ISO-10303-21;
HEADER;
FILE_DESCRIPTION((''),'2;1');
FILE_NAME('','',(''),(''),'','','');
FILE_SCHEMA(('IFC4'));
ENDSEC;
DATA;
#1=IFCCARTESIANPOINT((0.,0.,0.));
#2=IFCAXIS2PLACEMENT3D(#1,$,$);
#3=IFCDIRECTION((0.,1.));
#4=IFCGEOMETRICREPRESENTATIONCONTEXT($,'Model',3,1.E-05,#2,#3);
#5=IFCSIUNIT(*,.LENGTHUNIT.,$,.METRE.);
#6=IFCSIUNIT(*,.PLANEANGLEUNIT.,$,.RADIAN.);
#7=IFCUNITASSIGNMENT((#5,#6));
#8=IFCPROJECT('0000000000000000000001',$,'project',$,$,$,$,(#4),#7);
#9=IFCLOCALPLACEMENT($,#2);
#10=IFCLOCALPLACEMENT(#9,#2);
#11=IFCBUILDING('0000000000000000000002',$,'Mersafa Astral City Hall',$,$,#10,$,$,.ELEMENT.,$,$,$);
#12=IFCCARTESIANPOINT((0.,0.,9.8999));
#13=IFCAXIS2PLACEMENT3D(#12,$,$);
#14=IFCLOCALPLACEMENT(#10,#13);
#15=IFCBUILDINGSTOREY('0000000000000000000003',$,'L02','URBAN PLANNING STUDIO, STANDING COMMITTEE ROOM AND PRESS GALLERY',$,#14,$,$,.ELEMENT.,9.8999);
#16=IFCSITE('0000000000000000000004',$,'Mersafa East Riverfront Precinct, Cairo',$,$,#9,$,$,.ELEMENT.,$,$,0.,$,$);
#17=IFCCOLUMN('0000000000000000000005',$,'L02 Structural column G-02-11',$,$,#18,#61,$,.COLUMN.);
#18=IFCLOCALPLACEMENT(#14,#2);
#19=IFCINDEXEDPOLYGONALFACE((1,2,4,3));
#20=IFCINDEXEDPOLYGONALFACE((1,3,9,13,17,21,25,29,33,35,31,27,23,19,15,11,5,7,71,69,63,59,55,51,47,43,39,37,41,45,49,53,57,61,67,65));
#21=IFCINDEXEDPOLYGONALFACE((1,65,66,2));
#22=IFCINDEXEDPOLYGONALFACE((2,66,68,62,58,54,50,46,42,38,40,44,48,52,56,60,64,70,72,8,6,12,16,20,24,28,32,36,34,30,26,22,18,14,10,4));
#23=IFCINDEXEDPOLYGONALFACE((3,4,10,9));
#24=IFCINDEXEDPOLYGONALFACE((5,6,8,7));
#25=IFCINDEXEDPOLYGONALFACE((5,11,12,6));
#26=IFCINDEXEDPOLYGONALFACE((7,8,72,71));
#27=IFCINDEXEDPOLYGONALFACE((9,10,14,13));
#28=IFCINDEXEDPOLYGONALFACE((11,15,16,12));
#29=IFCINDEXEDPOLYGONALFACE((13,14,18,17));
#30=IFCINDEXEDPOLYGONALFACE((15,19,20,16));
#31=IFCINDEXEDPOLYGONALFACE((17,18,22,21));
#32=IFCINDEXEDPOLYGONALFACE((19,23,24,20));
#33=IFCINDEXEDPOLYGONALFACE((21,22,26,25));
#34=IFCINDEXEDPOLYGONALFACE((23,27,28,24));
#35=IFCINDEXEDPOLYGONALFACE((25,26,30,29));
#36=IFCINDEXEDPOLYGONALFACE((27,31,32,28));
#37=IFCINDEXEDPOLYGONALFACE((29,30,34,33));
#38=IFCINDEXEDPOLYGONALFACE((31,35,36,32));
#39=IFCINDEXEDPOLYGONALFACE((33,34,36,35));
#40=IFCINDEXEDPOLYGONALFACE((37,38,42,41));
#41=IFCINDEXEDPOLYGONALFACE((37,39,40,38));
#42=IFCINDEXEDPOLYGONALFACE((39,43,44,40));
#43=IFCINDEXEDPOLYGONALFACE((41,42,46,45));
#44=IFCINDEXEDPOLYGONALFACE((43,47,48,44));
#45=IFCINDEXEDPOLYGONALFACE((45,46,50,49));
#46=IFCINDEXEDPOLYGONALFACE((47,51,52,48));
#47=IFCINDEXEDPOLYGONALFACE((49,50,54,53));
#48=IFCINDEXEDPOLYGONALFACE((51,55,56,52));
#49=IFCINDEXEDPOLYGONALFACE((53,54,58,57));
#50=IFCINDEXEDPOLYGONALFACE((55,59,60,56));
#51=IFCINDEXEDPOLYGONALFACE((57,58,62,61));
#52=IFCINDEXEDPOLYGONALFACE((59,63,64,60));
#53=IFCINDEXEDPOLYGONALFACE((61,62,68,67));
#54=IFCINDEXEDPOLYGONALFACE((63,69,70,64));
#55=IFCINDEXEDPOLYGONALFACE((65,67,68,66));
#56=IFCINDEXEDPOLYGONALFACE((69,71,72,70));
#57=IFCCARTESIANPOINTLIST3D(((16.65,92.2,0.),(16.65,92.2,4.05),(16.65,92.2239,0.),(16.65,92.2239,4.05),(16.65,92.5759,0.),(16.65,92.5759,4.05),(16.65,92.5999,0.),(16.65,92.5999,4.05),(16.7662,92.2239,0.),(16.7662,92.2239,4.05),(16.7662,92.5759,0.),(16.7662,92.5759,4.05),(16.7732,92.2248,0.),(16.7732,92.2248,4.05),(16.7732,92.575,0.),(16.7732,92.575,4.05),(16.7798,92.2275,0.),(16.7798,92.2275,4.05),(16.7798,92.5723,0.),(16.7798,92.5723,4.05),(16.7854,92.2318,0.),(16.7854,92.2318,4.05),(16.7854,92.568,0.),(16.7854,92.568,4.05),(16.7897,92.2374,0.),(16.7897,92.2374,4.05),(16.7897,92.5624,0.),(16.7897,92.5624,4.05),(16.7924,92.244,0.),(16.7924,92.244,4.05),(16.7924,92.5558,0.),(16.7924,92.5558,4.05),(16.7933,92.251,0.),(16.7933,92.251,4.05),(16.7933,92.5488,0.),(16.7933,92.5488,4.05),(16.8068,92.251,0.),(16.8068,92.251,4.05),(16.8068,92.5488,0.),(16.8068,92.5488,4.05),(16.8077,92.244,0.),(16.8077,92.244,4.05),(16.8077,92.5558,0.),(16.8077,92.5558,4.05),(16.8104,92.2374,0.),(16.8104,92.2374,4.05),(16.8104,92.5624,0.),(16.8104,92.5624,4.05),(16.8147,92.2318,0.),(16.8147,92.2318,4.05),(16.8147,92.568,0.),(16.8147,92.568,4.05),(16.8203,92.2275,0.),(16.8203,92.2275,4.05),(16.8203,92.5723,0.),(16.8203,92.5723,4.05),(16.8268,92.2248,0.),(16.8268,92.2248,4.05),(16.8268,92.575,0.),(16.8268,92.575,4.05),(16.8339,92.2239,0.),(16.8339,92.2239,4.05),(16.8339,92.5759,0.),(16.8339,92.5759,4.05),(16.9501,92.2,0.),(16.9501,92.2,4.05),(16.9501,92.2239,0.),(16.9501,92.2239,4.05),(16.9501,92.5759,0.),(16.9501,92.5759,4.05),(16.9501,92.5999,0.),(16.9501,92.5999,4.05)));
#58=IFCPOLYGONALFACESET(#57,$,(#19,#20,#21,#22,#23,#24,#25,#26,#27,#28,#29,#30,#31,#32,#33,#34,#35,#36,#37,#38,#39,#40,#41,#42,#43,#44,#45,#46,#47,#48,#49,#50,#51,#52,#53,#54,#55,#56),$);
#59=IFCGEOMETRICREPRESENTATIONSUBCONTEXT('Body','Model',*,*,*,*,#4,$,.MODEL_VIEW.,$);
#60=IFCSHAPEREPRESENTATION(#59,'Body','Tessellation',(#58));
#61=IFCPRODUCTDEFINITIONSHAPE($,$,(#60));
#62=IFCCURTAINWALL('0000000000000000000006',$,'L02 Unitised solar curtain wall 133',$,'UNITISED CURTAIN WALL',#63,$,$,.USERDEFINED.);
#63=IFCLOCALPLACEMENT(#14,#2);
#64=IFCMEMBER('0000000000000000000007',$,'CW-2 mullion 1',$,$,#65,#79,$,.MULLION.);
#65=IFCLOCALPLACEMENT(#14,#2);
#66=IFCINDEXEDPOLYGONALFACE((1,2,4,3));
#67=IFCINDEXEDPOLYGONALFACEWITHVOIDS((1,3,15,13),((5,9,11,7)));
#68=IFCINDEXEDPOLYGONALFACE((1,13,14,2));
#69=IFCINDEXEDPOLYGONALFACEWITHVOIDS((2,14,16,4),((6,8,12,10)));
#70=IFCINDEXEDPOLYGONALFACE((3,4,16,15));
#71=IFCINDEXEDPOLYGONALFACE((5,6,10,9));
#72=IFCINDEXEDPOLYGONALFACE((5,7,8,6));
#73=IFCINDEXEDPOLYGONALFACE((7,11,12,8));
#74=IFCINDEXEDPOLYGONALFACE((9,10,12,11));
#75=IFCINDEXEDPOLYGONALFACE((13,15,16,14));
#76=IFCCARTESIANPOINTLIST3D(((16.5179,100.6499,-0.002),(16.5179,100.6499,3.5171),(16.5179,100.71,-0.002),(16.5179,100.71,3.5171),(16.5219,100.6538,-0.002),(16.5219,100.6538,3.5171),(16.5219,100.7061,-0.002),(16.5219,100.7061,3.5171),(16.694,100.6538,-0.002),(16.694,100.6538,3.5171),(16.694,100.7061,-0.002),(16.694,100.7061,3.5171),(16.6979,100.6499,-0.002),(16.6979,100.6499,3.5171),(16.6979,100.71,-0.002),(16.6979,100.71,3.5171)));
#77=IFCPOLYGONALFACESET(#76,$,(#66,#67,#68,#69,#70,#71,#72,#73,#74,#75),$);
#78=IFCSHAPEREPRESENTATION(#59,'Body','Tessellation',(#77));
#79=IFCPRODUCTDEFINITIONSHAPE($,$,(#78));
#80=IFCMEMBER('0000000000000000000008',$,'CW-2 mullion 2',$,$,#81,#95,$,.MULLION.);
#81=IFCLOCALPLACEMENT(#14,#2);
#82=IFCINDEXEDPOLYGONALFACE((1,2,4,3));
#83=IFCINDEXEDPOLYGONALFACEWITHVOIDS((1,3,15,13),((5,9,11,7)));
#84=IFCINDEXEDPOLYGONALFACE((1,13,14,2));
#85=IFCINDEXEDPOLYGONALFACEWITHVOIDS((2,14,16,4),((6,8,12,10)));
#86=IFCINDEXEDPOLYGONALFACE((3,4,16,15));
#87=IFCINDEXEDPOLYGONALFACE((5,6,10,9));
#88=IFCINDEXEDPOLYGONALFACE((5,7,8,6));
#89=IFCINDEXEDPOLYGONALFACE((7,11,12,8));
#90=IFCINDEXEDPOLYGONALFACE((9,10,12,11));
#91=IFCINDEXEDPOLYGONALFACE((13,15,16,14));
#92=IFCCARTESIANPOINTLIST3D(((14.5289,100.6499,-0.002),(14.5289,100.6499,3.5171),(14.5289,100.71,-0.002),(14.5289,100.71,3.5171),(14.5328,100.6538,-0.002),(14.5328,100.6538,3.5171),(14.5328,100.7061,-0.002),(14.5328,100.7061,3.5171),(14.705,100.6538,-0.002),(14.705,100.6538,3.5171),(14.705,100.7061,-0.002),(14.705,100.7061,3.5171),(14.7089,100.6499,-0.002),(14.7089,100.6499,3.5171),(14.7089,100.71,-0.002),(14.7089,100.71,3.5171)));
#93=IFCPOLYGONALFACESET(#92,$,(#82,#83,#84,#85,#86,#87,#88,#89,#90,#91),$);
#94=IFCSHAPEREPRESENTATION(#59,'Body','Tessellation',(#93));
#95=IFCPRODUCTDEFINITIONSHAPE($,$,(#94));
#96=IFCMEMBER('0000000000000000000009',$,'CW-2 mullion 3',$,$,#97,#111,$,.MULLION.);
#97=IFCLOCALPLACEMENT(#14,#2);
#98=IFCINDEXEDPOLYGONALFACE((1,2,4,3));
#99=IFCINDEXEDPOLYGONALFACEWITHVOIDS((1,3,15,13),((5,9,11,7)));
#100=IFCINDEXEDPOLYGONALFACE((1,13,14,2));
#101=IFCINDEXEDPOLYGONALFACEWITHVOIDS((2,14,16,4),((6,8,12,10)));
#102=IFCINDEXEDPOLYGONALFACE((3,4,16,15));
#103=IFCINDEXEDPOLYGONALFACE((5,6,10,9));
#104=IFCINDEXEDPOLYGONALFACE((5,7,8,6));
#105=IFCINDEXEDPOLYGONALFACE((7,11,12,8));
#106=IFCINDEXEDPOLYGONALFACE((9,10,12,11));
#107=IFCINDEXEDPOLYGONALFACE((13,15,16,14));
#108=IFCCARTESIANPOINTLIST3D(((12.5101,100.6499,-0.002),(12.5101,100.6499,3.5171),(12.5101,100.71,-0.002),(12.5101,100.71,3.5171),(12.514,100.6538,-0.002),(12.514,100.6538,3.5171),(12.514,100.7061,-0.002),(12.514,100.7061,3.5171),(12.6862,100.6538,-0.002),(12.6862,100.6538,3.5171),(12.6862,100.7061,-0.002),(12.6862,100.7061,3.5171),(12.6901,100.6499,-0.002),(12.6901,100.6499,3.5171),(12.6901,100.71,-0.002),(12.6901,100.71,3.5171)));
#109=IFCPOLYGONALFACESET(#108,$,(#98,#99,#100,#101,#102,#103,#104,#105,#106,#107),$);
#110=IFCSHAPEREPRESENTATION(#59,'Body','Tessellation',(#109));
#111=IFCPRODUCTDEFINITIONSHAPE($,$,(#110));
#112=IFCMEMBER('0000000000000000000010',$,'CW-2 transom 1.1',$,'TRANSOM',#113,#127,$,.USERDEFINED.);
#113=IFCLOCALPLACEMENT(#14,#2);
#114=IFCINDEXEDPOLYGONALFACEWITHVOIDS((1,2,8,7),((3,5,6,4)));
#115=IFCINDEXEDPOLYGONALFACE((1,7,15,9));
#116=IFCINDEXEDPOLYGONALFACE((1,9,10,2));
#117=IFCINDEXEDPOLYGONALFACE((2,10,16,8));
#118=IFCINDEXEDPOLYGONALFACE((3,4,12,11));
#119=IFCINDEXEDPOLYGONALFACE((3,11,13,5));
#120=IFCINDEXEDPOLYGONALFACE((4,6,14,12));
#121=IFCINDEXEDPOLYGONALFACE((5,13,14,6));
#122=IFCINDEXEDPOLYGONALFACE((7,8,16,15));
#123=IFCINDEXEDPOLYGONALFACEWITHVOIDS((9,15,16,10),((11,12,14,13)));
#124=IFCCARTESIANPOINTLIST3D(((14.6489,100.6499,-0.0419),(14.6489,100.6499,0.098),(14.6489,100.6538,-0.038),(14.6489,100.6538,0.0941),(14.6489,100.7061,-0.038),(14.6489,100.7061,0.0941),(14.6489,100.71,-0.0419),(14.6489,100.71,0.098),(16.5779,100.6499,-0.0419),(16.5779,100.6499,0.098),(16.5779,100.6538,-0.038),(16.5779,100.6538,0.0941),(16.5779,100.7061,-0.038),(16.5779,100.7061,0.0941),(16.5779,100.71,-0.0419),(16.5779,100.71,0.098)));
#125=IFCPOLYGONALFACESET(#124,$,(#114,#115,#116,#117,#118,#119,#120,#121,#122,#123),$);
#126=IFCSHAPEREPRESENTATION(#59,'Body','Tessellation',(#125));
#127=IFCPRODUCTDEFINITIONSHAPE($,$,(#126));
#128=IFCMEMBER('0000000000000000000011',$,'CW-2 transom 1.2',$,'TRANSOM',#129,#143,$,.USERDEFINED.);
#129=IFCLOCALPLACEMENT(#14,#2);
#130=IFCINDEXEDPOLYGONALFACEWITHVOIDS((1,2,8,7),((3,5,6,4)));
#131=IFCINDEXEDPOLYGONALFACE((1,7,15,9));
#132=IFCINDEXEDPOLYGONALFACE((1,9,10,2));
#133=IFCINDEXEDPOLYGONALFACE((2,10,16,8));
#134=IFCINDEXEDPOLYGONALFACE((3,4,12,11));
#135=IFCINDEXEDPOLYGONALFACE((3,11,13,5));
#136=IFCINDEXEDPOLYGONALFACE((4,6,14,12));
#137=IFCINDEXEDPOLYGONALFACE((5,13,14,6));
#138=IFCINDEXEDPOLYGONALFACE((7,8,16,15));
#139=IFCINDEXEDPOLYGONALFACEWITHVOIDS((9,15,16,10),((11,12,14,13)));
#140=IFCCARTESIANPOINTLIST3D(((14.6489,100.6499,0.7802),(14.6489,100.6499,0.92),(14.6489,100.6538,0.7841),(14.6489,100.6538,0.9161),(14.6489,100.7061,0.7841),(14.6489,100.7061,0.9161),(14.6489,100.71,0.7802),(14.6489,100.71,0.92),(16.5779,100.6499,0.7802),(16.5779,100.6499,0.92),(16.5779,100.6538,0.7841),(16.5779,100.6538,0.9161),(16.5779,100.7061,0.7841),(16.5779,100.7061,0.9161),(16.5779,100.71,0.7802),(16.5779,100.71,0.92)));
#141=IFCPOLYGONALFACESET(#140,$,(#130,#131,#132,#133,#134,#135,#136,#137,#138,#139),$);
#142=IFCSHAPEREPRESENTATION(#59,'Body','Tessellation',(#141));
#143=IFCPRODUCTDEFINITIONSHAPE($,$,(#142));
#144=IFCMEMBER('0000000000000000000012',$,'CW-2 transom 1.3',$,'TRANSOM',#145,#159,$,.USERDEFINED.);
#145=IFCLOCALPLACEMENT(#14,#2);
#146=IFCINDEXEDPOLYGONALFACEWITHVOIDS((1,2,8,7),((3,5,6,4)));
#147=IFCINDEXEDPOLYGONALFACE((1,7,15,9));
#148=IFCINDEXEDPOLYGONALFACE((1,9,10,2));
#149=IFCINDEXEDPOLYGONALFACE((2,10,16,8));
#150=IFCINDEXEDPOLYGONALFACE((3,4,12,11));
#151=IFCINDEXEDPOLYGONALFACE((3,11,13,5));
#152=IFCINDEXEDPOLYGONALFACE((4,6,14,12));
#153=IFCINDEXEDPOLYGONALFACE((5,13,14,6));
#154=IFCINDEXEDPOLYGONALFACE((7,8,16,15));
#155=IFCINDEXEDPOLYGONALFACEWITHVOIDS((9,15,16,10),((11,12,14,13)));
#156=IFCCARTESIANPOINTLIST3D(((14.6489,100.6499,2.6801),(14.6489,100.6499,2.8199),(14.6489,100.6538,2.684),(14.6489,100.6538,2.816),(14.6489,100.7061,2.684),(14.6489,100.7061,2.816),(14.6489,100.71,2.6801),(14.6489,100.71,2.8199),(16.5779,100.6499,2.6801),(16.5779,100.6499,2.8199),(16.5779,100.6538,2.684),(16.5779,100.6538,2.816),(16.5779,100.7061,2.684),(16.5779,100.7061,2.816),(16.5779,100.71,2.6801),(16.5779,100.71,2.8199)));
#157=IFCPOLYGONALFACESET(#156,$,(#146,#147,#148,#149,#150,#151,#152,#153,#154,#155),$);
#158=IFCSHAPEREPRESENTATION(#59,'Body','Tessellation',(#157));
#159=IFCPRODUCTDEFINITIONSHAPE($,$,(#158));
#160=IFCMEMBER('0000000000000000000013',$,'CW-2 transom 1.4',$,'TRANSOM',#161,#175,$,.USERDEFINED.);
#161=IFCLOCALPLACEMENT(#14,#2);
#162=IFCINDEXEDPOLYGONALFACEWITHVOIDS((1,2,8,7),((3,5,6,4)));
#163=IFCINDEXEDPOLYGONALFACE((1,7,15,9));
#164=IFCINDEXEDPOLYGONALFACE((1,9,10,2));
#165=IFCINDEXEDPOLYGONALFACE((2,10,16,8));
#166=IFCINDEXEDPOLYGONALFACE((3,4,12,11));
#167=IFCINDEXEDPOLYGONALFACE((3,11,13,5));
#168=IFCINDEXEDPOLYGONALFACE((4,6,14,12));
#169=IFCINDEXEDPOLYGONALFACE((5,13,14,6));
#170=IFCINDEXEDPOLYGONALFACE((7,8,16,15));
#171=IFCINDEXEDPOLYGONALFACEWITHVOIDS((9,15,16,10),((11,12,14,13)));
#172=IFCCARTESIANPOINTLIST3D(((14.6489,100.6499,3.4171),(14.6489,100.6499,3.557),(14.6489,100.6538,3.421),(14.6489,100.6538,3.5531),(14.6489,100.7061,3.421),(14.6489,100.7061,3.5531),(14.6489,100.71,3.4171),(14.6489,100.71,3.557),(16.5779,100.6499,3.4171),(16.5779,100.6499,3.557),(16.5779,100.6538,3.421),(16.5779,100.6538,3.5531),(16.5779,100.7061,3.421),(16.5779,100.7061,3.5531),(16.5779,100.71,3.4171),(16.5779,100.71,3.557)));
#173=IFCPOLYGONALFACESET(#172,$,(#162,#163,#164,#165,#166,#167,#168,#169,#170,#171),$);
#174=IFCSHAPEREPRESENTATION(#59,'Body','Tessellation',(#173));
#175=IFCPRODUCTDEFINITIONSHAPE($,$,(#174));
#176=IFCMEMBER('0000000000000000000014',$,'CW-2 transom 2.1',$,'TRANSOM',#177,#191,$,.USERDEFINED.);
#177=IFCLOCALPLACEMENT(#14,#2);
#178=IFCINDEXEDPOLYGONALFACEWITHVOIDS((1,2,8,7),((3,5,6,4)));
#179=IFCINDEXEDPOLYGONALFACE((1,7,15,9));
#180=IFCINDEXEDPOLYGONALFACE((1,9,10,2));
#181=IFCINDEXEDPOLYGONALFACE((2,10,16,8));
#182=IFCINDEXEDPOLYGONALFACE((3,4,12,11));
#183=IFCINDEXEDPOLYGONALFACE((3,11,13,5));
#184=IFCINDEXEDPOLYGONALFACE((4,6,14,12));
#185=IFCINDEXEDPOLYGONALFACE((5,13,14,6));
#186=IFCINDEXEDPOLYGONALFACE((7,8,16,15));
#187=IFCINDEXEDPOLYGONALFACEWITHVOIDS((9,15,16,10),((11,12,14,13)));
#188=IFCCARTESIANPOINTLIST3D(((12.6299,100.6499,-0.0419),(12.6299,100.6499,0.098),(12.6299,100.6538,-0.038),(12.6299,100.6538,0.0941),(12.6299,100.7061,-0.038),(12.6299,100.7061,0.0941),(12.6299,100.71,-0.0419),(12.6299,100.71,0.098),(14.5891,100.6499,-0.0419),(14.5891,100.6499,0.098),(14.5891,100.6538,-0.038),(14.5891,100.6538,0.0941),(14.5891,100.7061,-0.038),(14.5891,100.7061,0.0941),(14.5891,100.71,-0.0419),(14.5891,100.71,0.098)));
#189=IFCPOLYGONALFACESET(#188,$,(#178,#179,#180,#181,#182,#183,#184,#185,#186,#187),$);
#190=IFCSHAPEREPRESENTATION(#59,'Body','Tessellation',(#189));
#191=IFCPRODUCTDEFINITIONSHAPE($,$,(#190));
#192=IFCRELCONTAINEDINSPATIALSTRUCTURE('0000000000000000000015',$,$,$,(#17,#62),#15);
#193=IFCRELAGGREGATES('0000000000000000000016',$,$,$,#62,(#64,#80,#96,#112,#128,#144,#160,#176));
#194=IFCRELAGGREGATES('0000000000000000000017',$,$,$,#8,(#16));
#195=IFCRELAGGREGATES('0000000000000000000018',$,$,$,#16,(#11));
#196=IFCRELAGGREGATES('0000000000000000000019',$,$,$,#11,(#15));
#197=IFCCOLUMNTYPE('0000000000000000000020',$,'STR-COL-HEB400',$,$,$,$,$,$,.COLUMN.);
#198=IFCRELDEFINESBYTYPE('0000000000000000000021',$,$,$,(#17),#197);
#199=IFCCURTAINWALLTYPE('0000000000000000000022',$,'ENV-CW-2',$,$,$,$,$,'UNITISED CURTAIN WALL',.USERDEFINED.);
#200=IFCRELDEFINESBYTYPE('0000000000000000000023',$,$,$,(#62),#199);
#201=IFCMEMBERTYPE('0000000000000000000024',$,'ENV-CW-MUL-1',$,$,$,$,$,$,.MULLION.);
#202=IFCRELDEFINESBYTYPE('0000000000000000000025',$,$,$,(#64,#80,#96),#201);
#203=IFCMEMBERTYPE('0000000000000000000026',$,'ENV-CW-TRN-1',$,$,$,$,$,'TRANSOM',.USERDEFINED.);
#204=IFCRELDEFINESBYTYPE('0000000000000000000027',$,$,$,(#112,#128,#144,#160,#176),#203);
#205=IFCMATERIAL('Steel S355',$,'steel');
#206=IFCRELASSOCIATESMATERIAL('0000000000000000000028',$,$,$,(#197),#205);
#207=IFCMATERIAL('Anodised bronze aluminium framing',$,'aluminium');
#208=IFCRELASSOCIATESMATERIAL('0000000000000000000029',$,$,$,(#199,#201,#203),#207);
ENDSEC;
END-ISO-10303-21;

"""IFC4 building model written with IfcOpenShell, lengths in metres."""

from ifc_helpers import new_model, si_unit, direction, frame, origin, origin_2d, place, context, subcontext, project, spatial, hollow_rectangle, i_section, extrude, material, material_profile, profile_set, type_object, element, aggregate, save


model = new_model("IFC4")

# Units and contexts
model_context = context("Model", 3, precision=1e-05, world=origin(), true_north=direction((0.0, 1.0)))
body_context = subcontext(model_context, "Body", "Model", "MODEL_VIEW")
ifc_project = project(units=[si_unit("LENGTHUNIT", "METRE"), si_unit("PLANEANGLEUNIT", "RADIAN")], contexts=[model_context])

# Site, building, storey
site_placement = place(None, origin())
site = spatial("IfcSite", under=ifc_project, at=site_placement, Name="Mersafa East Riverfront Precinct, Cairo", CompositionType="ELEMENT", RefElevation=0.0)
building_placement = place(site_placement, origin())
building = spatial("IfcBuilding", under=site, at=building_placement, Name="Mersafa Astral City Hall", CompositionType="ELEMENT")
storey_placement = place(building_placement, frame((0.0, 0.0, 9.8999)))
storey = spatial("IfcBuildingStorey", under=building, at=storey_placement, Name="L02", Description="URBAN PLANNING STUDIO, STANDING COMMITTEE ROOM AND PRESS GALLERY", CompositionType="ELEMENT", Elevation=9.8999)

# Column
ifc_material_1 = material(Name="Steel S355", Category="steel")
ifc_material_profile_1 = material_profile(ifc_material_1, i_section(OverallWidth=0.3, OverallDepth=0.3999, WebThickness=0.0134, FlangeThickness=0.0239, FilletRadius=0.0271, at=origin_2d()), Name="HEB 400")
ifc_profile_set_1 = profile_set([ifc_material_profile_1], Name="Steel S355")
column_type = type_object("IfcColumnType", Name="STR-COL-HEB400", PredefinedType="COLUMN", material=ifc_profile_set_1)
column_placement = place(storey_placement, frame((16.8, 92.3999, 0.0), z_axis=(0.0, 0.0, 1.0), x_axis=(1.0, 0.0, 0.0)))
element("IfcColumn", 1, at=column_placement, inside=storey, type_object=column_type, Name="L02 Structural column G-02-11", PredefinedType="COLUMN", context=body_context, shape_type="SweptSolid", body=[
    extrude(i_section(OverallWidth=0.3, OverallDepth=0.3999, WebThickness=0.0134, FlangeThickness=0.0239, FilletRadius=0.0271, at=origin_2d()), origin(), (0.0, 0.0, 1.0), 4.05),
])

# Curtain wall, members
ifc_material_2 = material(Name="Anodised bronze aluminium framing", Category="aluminium")
curtain_wall_type = type_object("IfcCurtainWallType", Name="ENV-CW-2", ElementType="UNITISED CURTAIN WALL", PredefinedType="USERDEFINED", material=ifc_material_2)
curtain_wall_placement = place(storey_placement, origin())
curtain_wall = element("IfcCurtainWall", 2, at=curtain_wall_placement, inside=storey, type_object=curtain_wall_type, Name="L02 Unitised solar curtain wall 133", ObjectType="UNITISED CURTAIN WALL", PredefinedType="USERDEFINED")
ifc_material_profile_2 = material_profile(ifc_material_2, hollow_rectangle(XDim=0.0601, YDim=0.1799, WallThickness=0.0039, at=origin_2d()), Name="RHS 60x180x4")
ifc_profile_set_2 = profile_set([ifc_material_profile_2], Name="Anodised bronze aluminium framing")
member_type_1 = type_object("IfcMemberType", Name="ENV-CW-MUL-1", PredefinedType="MULLION", material=ifc_profile_set_2)
member_1_placement = place(storey_placement, frame((16.6079, 100.6799, -0.002), z_axis=(0.0, 0.0, 1.0), x_axis=(0.0, -1.0, 0.0)))
member_1 = element("IfcMember", 3, at=member_1_placement, type_object=member_type_1, Name="CW-2 mullion 1", PredefinedType="MULLION", context=body_context, shape_type="SweptSolid", body=[
    extrude(hollow_rectangle(XDim=0.0601, YDim=0.1799, WallThickness=0.0039, at=origin_2d()), origin(), (0.0, 0.0, 1.0), 3.519),
])
member_2_placement = place(storey_placement, frame((14.6189, 100.6799, -0.002), z_axis=(0.0, 0.0, 1.0), x_axis=(0.0, -1.0, 0.0)))
member_2 = element("IfcMember", 4, at=member_2_placement, type_object=member_type_1, Name="CW-2 mullion 2", PredefinedType="MULLION", context=body_context, shape_type="SweptSolid", body=[
    extrude(hollow_rectangle(XDim=0.0601, YDim=0.1799, WallThickness=0.0039, at=origin_2d()), origin(), (0.0, 0.0, 1.0), 3.519),
])
member_3_placement = place(storey_placement, frame((12.6001, 100.6799, -0.002), z_axis=(0.0, 0.0, 1.0), x_axis=(0.0, -1.0, 0.0)))
member_3 = element("IfcMember", 5, at=member_3_placement, type_object=member_type_1, Name="CW-2 mullion 3", PredefinedType="MULLION", context=body_context, shape_type="SweptSolid", body=[
    extrude(hollow_rectangle(XDim=0.0601, YDim=0.1799, WallThickness=0.0039, at=origin_2d()), origin(), (0.0, 0.0, 1.0), 3.519),
])
ifc_material_profile_3 = material_profile(ifc_material_2, hollow_rectangle(XDim=0.0601, YDim=0.1399, WallThickness=0.0039, at=origin_2d()), Name="RHS 60x140x4")
ifc_profile_set_3 = profile_set([ifc_material_profile_3], Name="Anodised bronze aluminium framing")
member_type_2 = type_object("IfcMemberType", Name="ENV-CW-TRN-1", ElementType="TRANSOM", PredefinedType="USERDEFINED", material=ifc_profile_set_3)
member_4_placement = place(storey_placement, frame((16.5779, 100.6799, 0.0281), z_axis=(-1.0, 0.0, 0.0), x_axis=(0.0, -1.0, 0.0)))
member_4 = element("IfcMember", 6, at=member_4_placement, type_object=member_type_2, Name="CW-2 transom 1.1", ObjectType="TRANSOM", PredefinedType="USERDEFINED", context=body_context, shape_type="SweptSolid", body=[
    extrude(hollow_rectangle(XDim=0.0601, YDim=0.1399, WallThickness=0.0039, at=origin_2d()), origin(), (0.0, 0.0, 1.0), 1.929),
])
member_5_placement = place(storey_placement, frame((16.5779, 100.6799, 0.8501), z_axis=(-1.0, 0.0, 0.0), x_axis=(0.0, -1.0, 0.0)))
member_5 = element("IfcMember", 7, at=member_5_placement, type_object=member_type_2, Name="CW-2 transom 1.2", ObjectType="TRANSOM", PredefinedType="USERDEFINED", context=body_context, shape_type="SweptSolid", body=[
    extrude(hollow_rectangle(XDim=0.0601, YDim=0.1399, WallThickness=0.0039, at=origin_2d()), origin(), (0.0, 0.0, 1.0), 1.929),
])
member_6_placement = place(storey_placement, frame((16.5779, 100.6799, 2.75), z_axis=(-1.0, 0.0, 0.0), x_axis=(0.0, -1.0, 0.0)))
member_6 = element("IfcMember", 8, at=member_6_placement, type_object=member_type_2, Name="CW-2 transom 1.3", ObjectType="TRANSOM", PredefinedType="USERDEFINED", context=body_context, shape_type="SweptSolid", body=[
    extrude(hollow_rectangle(XDim=0.0601, YDim=0.1399, WallThickness=0.0039, at=origin_2d()), origin(), (0.0, 0.0, 1.0), 1.929),
])
member_7_placement = place(storey_placement, frame((16.5779, 100.6799, 3.4871), z_axis=(-1.0, 0.0, 0.0), x_axis=(0.0, -1.0, 0.0)))
member_7 = element("IfcMember", 9, at=member_7_placement, type_object=member_type_2, Name="CW-2 transom 1.4", ObjectType="TRANSOM", PredefinedType="USERDEFINED", context=body_context, shape_type="SweptSolid", body=[
    extrude(hollow_rectangle(XDim=0.0601, YDim=0.1399, WallThickness=0.0039, at=origin_2d()), origin(), (0.0, 0.0, 1.0), 1.929),
])
member_8_placement = place(storey_placement, frame((14.5891, 100.6799, 0.0281), z_axis=(-1.0, 0.0, 0.0), x_axis=(0.0, -1.0, 0.0)))
member_8 = element("IfcMember", 10, at=member_8_placement, type_object=member_type_2, Name="CW-2 transom 2.1", ObjectType="TRANSOM", PredefinedType="USERDEFINED", context=body_context, shape_type="SweptSolid", body=[
    extrude(hollow_rectangle(XDim=0.0601, YDim=0.1399, WallThickness=0.0039, at=origin_2d()), origin(), (0.0, 0.0, 1.0), 1.9592),
])

aggregate(curtain_wall, [member_1, member_2, member_3, member_4, member_5, member_6, member_7, member_8])

save(model, "model.ifc")
